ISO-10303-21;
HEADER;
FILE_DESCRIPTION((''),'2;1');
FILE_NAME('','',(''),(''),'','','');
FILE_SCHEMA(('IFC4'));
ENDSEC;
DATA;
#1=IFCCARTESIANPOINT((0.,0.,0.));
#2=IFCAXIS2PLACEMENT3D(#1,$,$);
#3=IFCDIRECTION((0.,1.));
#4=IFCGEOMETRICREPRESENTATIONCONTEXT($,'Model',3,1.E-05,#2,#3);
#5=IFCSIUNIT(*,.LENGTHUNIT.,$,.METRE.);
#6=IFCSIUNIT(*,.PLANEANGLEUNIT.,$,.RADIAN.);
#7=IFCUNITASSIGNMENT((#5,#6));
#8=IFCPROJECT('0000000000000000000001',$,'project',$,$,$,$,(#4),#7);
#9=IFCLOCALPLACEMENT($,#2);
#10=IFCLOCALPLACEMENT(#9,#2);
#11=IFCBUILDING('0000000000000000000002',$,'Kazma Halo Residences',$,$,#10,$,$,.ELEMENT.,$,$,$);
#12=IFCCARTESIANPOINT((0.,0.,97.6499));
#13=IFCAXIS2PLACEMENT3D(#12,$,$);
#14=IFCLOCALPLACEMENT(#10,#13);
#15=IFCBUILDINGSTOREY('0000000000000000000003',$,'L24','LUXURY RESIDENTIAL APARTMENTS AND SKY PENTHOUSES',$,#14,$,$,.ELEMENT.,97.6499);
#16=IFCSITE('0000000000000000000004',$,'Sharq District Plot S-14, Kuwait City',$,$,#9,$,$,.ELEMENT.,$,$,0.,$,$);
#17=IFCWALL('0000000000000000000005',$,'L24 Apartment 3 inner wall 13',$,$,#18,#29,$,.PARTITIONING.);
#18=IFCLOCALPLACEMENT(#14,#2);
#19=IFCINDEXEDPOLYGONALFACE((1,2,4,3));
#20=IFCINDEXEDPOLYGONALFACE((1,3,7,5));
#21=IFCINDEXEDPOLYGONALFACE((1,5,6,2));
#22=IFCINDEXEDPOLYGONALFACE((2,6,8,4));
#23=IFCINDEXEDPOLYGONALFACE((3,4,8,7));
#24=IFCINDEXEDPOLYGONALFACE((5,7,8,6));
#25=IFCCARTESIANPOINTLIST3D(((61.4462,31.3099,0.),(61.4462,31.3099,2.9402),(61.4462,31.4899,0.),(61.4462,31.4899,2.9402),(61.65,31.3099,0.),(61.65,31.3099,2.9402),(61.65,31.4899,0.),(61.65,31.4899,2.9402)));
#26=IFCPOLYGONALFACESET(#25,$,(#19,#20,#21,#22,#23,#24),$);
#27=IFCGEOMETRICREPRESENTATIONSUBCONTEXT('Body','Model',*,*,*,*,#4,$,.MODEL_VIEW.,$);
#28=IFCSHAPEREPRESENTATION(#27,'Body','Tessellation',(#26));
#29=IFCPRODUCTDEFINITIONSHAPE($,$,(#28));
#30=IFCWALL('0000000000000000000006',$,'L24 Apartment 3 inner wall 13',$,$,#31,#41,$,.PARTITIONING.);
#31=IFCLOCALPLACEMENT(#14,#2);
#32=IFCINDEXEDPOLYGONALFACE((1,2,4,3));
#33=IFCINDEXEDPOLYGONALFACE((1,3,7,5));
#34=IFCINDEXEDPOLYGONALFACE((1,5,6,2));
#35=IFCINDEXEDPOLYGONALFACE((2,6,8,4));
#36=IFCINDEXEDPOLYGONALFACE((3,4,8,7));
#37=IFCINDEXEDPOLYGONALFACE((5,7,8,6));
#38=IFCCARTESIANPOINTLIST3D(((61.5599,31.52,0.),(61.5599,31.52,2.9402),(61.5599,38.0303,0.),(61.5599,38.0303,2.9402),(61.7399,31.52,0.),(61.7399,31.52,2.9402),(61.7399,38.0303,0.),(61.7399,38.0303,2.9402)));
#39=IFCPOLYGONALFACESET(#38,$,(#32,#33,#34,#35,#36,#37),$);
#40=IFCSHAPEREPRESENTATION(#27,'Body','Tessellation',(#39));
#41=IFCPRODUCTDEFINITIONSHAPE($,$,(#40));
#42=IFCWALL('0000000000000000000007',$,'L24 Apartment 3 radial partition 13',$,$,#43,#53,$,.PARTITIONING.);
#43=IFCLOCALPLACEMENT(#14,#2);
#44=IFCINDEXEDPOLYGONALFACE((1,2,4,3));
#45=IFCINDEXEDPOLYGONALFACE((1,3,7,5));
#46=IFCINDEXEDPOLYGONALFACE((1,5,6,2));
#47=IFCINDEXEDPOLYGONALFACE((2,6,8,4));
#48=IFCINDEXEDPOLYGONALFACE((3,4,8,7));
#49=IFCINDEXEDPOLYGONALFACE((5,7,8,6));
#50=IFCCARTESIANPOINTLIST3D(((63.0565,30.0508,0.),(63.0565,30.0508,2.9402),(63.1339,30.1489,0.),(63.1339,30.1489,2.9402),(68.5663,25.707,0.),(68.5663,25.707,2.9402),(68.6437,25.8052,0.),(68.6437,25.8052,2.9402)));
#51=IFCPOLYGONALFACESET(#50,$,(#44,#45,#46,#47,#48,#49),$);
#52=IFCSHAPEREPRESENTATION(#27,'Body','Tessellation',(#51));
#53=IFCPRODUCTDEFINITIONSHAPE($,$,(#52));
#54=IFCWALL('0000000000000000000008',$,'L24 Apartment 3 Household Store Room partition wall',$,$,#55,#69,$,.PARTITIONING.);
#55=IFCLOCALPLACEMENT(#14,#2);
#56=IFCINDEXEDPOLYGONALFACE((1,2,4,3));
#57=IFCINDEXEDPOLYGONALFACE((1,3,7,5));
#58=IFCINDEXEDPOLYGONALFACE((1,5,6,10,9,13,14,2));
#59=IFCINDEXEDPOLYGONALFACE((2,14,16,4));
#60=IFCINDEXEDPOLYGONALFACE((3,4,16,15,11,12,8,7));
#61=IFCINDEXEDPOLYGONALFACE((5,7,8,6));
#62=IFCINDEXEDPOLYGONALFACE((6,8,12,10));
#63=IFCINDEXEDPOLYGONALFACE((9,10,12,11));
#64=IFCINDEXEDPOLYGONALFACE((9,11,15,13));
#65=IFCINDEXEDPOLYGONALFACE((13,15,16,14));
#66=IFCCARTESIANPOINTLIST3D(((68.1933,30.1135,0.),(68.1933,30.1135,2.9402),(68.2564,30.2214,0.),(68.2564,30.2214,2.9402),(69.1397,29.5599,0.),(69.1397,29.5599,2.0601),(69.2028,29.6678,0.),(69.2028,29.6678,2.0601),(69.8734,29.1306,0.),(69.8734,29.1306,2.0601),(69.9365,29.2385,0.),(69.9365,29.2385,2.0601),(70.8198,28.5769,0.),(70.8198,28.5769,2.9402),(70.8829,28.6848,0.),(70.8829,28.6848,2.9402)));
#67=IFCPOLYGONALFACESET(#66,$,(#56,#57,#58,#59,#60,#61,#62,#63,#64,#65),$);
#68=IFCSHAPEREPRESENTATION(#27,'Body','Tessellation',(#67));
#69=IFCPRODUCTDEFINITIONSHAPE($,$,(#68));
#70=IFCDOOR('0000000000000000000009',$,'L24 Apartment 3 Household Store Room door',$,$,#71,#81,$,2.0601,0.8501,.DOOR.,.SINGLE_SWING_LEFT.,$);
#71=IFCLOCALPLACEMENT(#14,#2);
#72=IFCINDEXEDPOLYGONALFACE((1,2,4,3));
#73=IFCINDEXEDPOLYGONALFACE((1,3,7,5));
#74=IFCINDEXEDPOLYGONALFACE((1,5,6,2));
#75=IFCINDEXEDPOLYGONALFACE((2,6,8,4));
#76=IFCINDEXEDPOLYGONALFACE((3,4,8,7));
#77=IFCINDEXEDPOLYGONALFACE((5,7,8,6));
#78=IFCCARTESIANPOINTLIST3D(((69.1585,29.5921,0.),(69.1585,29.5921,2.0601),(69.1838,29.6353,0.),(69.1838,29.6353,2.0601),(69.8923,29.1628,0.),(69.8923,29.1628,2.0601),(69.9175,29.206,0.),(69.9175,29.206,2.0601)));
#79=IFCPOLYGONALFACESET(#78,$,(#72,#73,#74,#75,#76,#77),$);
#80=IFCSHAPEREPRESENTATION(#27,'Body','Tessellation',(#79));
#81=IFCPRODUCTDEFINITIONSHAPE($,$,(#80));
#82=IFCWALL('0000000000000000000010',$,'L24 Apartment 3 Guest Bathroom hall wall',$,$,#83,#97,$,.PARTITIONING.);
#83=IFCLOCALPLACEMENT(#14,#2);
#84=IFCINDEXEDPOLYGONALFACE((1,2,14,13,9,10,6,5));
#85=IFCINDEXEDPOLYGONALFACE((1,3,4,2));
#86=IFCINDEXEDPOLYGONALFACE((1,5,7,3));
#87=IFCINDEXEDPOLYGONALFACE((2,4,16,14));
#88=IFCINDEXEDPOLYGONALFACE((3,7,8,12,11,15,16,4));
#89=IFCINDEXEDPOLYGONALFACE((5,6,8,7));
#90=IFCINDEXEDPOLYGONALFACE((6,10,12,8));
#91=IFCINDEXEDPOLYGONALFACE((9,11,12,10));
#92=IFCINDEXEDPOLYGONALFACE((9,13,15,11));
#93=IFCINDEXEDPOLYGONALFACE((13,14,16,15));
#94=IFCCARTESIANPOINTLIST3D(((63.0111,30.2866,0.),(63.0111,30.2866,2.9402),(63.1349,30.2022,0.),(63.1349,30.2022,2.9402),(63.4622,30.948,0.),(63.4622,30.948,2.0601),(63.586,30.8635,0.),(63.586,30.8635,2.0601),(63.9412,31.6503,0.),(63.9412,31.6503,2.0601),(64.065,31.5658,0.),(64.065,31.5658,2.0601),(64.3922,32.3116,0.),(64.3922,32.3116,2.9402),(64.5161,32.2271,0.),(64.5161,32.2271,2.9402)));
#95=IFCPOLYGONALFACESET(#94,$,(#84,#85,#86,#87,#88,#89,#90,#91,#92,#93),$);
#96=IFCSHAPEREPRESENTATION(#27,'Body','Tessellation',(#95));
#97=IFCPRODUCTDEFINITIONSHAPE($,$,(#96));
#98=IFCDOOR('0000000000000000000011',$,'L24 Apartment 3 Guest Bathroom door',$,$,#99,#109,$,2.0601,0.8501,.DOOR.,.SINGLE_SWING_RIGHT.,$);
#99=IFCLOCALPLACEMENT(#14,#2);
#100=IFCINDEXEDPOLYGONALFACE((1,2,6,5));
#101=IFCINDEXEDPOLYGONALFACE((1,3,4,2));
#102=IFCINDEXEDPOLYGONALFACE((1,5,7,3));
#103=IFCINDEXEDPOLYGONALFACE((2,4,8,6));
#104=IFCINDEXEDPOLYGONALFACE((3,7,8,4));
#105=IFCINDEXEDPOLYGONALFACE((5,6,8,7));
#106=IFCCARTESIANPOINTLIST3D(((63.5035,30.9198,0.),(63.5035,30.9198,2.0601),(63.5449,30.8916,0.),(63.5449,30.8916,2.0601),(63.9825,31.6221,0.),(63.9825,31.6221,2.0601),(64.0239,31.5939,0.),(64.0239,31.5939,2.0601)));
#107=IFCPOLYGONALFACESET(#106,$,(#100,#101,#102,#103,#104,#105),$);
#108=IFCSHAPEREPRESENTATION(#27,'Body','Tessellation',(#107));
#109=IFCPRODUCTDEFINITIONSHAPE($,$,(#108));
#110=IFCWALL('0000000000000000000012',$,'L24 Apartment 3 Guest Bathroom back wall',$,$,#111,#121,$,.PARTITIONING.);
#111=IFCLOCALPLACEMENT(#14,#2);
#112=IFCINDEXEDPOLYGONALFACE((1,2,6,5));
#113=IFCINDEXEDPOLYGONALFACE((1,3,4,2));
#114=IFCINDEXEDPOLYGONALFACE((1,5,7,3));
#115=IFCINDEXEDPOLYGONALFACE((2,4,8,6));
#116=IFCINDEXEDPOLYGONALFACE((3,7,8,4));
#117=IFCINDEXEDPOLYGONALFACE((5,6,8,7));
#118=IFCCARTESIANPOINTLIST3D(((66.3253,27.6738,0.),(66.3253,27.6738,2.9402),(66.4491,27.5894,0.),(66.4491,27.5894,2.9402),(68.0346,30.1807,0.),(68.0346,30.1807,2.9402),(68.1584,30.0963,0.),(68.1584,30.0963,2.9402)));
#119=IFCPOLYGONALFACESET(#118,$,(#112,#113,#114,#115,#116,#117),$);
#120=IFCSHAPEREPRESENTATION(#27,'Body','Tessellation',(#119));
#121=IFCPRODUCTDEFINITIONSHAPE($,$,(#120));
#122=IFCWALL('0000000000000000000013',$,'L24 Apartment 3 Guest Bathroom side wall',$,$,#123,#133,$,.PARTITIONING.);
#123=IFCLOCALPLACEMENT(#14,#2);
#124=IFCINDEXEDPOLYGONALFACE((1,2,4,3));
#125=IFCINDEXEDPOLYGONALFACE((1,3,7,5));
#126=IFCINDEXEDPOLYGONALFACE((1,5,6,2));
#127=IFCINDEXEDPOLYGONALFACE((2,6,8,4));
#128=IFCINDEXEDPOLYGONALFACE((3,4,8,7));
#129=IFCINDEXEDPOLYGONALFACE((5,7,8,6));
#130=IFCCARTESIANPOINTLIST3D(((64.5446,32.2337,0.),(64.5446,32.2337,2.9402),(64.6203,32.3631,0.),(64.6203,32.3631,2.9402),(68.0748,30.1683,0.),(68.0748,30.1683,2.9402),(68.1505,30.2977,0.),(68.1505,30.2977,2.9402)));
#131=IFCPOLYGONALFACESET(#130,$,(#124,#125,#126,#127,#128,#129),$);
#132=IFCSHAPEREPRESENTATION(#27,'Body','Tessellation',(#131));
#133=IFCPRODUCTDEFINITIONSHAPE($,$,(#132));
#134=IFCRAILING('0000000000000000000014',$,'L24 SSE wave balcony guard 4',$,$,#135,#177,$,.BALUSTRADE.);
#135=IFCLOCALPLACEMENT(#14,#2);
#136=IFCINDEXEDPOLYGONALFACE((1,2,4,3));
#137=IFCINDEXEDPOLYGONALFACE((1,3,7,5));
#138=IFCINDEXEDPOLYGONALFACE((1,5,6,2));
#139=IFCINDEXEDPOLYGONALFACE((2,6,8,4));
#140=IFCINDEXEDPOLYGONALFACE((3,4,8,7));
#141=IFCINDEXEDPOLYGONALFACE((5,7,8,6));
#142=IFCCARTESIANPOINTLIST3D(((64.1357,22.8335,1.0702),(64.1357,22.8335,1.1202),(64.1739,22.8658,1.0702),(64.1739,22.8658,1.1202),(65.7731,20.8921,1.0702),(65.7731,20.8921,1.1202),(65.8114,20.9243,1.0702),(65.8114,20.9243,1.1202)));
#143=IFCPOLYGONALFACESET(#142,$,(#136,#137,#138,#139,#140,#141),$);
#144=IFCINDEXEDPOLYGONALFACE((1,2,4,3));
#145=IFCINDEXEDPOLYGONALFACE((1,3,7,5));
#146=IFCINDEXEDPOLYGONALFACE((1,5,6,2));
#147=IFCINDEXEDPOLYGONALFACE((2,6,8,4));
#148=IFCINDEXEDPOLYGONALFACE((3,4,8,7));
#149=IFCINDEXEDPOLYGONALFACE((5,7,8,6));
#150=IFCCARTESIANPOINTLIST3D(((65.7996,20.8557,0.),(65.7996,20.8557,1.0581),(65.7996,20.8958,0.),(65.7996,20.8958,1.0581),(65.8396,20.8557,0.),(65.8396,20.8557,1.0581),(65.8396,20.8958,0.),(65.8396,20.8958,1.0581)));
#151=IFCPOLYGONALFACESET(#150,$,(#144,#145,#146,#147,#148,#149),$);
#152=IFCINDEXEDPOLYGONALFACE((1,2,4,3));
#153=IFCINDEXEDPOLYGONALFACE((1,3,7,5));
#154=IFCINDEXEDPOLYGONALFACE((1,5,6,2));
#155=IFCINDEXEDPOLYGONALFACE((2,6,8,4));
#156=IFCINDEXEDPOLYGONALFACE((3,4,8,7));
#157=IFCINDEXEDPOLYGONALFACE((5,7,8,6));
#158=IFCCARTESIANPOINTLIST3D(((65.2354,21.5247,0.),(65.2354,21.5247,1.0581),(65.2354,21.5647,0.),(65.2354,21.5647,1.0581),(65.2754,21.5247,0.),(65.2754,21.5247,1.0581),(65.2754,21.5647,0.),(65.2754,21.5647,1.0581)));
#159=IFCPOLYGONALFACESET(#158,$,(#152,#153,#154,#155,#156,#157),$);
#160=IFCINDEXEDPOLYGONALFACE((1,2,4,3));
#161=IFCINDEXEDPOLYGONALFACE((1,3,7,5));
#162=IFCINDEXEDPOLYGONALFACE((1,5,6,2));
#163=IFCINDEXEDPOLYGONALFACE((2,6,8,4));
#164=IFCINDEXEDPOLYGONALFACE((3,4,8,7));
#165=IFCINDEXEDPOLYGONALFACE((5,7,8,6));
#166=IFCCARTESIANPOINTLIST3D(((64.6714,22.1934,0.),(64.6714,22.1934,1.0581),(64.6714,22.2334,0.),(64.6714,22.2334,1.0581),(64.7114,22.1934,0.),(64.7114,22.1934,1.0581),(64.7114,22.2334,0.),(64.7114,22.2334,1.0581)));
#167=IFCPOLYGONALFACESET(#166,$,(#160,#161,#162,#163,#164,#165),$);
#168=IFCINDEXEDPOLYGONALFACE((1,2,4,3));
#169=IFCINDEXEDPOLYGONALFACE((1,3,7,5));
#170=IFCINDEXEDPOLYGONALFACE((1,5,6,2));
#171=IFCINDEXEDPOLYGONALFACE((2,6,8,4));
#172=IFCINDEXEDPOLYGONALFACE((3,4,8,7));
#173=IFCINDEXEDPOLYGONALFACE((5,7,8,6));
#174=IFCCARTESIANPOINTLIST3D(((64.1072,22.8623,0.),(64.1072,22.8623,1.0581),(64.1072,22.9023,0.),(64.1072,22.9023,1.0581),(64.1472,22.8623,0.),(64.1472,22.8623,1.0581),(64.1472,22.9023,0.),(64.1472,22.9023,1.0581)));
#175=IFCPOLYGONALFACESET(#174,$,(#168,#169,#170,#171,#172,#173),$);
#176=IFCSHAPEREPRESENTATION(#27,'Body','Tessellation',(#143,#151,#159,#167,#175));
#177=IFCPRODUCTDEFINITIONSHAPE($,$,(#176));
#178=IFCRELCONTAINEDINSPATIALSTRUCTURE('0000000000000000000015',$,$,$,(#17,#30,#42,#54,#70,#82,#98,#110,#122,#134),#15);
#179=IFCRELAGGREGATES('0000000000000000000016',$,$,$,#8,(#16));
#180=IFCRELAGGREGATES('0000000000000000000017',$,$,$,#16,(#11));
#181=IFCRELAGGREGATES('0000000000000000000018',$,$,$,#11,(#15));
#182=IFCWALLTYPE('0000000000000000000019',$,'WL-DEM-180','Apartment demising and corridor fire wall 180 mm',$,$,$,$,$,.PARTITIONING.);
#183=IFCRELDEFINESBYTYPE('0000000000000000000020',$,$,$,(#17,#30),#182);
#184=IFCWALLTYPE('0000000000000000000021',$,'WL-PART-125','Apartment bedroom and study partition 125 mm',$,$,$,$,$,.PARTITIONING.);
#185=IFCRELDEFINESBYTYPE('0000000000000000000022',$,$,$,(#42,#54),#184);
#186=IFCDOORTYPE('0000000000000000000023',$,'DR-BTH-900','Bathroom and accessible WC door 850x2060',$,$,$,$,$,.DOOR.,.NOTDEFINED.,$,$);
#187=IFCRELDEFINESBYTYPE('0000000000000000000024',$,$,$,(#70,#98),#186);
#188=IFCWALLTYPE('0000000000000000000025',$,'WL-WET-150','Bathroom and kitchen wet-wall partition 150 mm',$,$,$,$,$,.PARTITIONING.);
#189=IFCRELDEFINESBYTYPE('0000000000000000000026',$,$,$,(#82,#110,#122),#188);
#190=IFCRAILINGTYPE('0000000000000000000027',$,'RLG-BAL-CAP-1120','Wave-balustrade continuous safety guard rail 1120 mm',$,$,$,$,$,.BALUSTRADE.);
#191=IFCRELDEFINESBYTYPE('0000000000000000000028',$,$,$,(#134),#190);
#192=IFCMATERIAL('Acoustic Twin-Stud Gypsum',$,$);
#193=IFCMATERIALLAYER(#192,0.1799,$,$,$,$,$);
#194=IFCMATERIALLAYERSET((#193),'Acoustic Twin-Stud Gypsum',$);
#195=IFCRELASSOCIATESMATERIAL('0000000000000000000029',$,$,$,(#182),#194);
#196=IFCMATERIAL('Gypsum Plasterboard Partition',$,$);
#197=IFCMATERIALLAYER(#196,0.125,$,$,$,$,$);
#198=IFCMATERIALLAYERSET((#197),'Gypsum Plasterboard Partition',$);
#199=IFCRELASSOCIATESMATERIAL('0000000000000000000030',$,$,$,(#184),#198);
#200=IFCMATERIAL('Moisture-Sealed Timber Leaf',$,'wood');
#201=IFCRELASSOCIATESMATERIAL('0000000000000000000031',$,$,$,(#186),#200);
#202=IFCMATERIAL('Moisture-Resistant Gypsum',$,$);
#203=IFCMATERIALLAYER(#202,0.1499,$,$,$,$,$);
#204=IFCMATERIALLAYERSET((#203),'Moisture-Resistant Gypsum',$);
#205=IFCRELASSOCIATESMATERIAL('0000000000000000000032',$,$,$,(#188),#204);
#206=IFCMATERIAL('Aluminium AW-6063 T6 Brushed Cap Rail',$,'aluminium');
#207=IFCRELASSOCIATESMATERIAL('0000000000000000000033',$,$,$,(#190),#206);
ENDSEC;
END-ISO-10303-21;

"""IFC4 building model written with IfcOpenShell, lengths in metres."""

from ifc_helpers import new_model, si_unit, direction, frame, frame_2d, origin, origin_2d, place, context, subcontext, project, spatial, rectangle, extrude, material, layer, layer_set, type_object, element, fill, save


model = new_model("IFC4")

# Units and contexts
model_context = context("Model", 3, precision=1e-05, world=origin(), true_north=direction((0.0, 1.0)))
body_context = subcontext(model_context, "Body", "Model", "MODEL_VIEW")
ifc_project = project(units=[si_unit("LENGTHUNIT", "METRE"), si_unit("PLANEANGLEUNIT", "RADIAN")], contexts=[model_context])

# Site, building, storey
site_placement = place(None, origin())
site = spatial("IfcSite", under=ifc_project, at=site_placement, Name="Sharq District Plot S-14, Kuwait City", CompositionType="ELEMENT", RefElevation=0.0)
building_placement = place(site_placement, origin())
building = spatial("IfcBuilding", under=site, at=building_placement, Name="Kazma Halo Residences", CompositionType="ELEMENT")
storey_placement = place(building_placement, frame((0.0, 0.0, 97.6499)))
storey = spatial("IfcBuildingStorey", under=building, at=storey_placement, Name="L24", Description="LUXURY RESIDENTIAL APARTMENTS AND SKY PENTHOUSES", CompositionType="ELEMENT", Elevation=97.6499)

# Walls
ifc_material_1 = material(Name="Acoustic Twin-Stud Gypsum")
ifc_layer_1 = layer(ifc_material_1, 0.1799)
ifc_layer_set_1 = layer_set([ifc_layer_1], Name="Acoustic Twin-Stud Gypsum")
wall_type_1 = type_object("IfcWallType", Name="WL-DEM-180", Description="Apartment demising and corridor fire wall 180 mm", PredefinedType="PARTITIONING", material=ifc_layer_set_1)
wall_1_placement = place(storey_placement, frame((61.446, 31.3999, 0.0), z_axis=(0.0, 0.0, 1.0), x_axis=(1.0, 0.0, 0.0)))
element("IfcWall", 1, at=wall_1_placement, inside=storey, type_object=wall_type_1, Name="L24 Apartment 3 inner wall 13", PredefinedType="PARTITIONING", context=body_context, shape_type="SweptSolid", body=[
    extrude(rectangle(XDim=0.2039, YDim=0.1799, at=frame_2d((0.1021, 0.0))), origin(), (0.0, 0.0, 1.0), 2.9402),
])
wall_2_placement = place(storey_placement, frame((61.6499, 31.52, 0.0), z_axis=(0.0, 0.0, 1.0), x_axis=(0.0, 1.0, 0.0)))
element("IfcWall", 2, at=wall_2_placement, inside=storey, type_object=wall_type_1, Name="L24 Apartment 3 inner wall 13", PredefinedType="PARTITIONING", context=body_context, shape_type="SweptSolid", body=[
    extrude(rectangle(XDim=6.5103, YDim=0.1799, at=frame_2d((3.2551, 0.0))), origin(), (0.0, 0.0, 1.0), 2.9402),
])

# Wall
ifc_material_2 = material(Name="Gypsum Plasterboard Partition")
ifc_layer_2 = layer(ifc_material_2, 0.125)
ifc_layer_set_2 = layer_set([ifc_layer_2], Name="Gypsum Plasterboard Partition")
wall_type_2 = type_object("IfcWallType", Name="WL-PART-125", Description="Apartment bedroom and study partition 125 mm", PredefinedType="PARTITIONING", material=ifc_layer_set_2)
wall_3_placement = place(storey_placement, frame((63.0952, 30.0999, 0.0), z_axis=(0.0, 0.0, 1.0), x_axis=(0.785303, -0.619112, 0.0)))
element("IfcWall", 3, at=wall_3_placement, inside=storey, type_object=wall_type_2, Name="L24 Apartment 3 radial partition 13", PredefinedType="PARTITIONING", context=body_context, shape_type="SweptSolid", body=[
    extrude(rectangle(XDim=7.0161, YDim=0.125, at=frame_2d((3.5081, 0.0))), origin(), (0.0, 0.0, 1.0), 2.9402),
])

# Walls, openings, doors
wall_4_placement = place(storey_placement, frame((68.2249, 30.1675, 0.0), z_axis=(0.0, 0.0, 1.0), x_axis=(0.863132, -0.504978, 0.0)))
wall_4 = element("IfcWall", 4, at=wall_4_placement, inside=storey, type_object=wall_type_2, Name="L24 Apartment 3 Household Store Room partition wall", PredefinedType="PARTITIONING", context=body_context, shape_type="SweptSolid", body=[
    extrude(rectangle(XDim=3.043, YDim=0.125, at=frame_2d((1.5215, 0.0))), origin(), (0.0, 0.0, 1.0), 2.9402),
])
opening_1_placement = place(wall_4_placement, frame((1.0964, 0.0, 0.0)))
opening_1 = element("IfcOpeningElement", 5, at=opening_1_placement, cuts=wall_4, PredefinedType="OPENING", context=body_context, shape_type="SweptSolid", body=[
    extrude(rectangle(XDim=0.8501, YDim=2.0601, at=frame_2d((0.425, 1.03))), frame((0.0, 0.0725, 0.0), z_axis=(0.0, -1.0, 0.0), x_axis=(1.0, 0.0, 0.0)), (0.0, 0.0, 1.0), 0.145),
])
ifc_material_3 = material(Name="Moisture-Sealed Timber Leaf", Category="wood")
door_type_1 = type_object("IfcDoorType", Name="DR-BTH-900", Description="Bathroom and accessible WC door 850x2060", OperationType="NOTDEFINED", PredefinedType="DOOR", material=ifc_material_3)
door_1_placement = place(opening_1_placement, origin())
door_1 = element("IfcDoor", 6, at=door_1_placement, inside=storey, type_object=door_type_1, Name="L24 Apartment 3 Household Store Room door", OperationType="SINGLE_SWING_LEFT", OverallHeight=2.0601, OverallWidth=0.8501, PredefinedType="DOOR", context=body_context, shape_type="SweptSolid", body=[
    extrude(rectangle(XDim=0.8501, YDim=2.0601, at=frame_2d((0.425, 1.03))), frame((0.0, 0.0249, 0.0), z_axis=(0.0, -1.0, 0.0), x_axis=(1.0, 0.0, 0.0)), (0.0, 0.0, 1.0), 0.05),
])
fill(opening_1, door_1)
ifc_material_4 = material(Name="Moisture-Resistant Gypsum")
ifc_layer_3 = layer(ifc_material_4, 0.1499)
ifc_layer_set_3 = layer_set([ifc_layer_3], Name="Moisture-Resistant Gypsum")
wall_type_3 = type_object("IfcWallType", Name="WL-WET-150", Description="Bathroom and kitchen wet-wall partition 150 mm", PredefinedType="PARTITIONING", material=ifc_layer_set_3)
wall_5_placement = place(storey_placement, frame((63.073, 30.2444, 0.0), z_axis=(0.0, 0.0, 1.0), x_axis=(0.563473, 0.826135, 0.0)))
wall_5 = element("IfcWall", 7, at=wall_5_placement, inside=storey, type_object=wall_type_3, Name="L24 Apartment 3 Guest Bathroom hall wall", PredefinedType="PARTITIONING", context=body_context, shape_type="SweptSolid", body=[
    extrude(rectangle(XDim=2.4512, YDim=0.1499, at=frame_2d((1.2256, 0.0))), origin(), (0.0, 0.0, 1.0), 2.9402),
])
opening_2_placement = place(wall_5_placement, frame((0.8005, 0.0, 0.0)))
opening_2 = element("IfcOpeningElement", 8, at=opening_2_placement, cuts=wall_5, PredefinedType="OPENING", context=body_context, shape_type="SweptSolid", body=[
    extrude(rectangle(XDim=0.8501, YDim=2.0601, at=frame_2d((0.425, 1.03))), frame((0.0, 0.085, 0.0), z_axis=(0.0, -1.0, 0.0), x_axis=(1.0, 0.0, 0.0)), (0.0, 0.0, 1.0), 0.1699),
])
door_2_placement = place(opening_2_placement, origin())
door_2 = element("IfcDoor", 9, at=door_2_placement, inside=storey, type_object=door_type_1, Name="L24 Apartment 3 Guest Bathroom door", OperationType="SINGLE_SWING_RIGHT", OverallHeight=2.0601, OverallWidth=0.8501, PredefinedType="DOOR", context=body_context, shape_type="SweptSolid", body=[
    extrude(rectangle(XDim=0.8501, YDim=2.0601, at=frame_2d((0.425, 1.03))), frame((0.0, 0.0249, 0.0), z_axis=(0.0, -1.0, 0.0), x_axis=(1.0, 0.0, 0.0)), (0.0, 0.0, 1.0), 0.05),
])
fill(opening_2, door_2)

# Walls
wall_6_placement = place(storey_placement, frame((66.3872, 27.6316, 0.0), z_axis=(0.0, 0.0, 1.0), x_axis=(0.563342, 0.826224, 0.0)))
element("IfcWall", 10, at=wall_6_placement, inside=storey, type_object=wall_type_3, Name="L24 Apartment 3 Guest Bathroom back wall", PredefinedType="PARTITIONING", context=body_context, shape_type="SweptSolid", body=[
    extrude(rectangle(XDim=3.0342, YDim=0.1499, at=frame_2d((1.5171, 0.0))), origin(), (0.0, 0.0, 1.0), 2.9402),
])
wall_7_placement = place(storey_placement, frame((64.5825, 32.2983, 0.0), z_axis=(0.0, 0.0, 1.0), x_axis=(0.863129, -0.504984, 0.0)))
element("IfcWall", 11, at=wall_7_placement, inside=storey, type_object=wall_type_3, Name="L24 Apartment 3 Guest Bathroom side wall", PredefinedType="PARTITIONING", context=body_context, shape_type="SweptSolid", body=[
    extrude(rectangle(XDim=4.0901, YDim=0.1499, at=frame_2d((2.0449, 0.0))), origin(), (0.0, 0.0, 1.0), 2.9402),
])

# Railing
ifc_material_5 = material(Name="Aluminium AW-6063 T6 Brushed Cap Rail", Category="aluminium")
railing_type = type_object("IfcRailingType", Name="RLG-BAL-CAP-1120", Description="Wave-balustrade continuous safety guard rail 1120 mm", PredefinedType="BALUSTRADE", material=ifc_material_5)
railing_1_placement = place(storey_placement, frame((65.8196, 20.8757, 0.0)))
element("IfcRailing", 12, at=railing_1_placement, inside=storey, type_object=railing_type, Name="L24 SSE wave balcony guard 4", PredefinedType="BALUSTRADE", context=body_context, shape_type="SweptSolid", body=[
    extrude(rectangle(XDim=0.05, YDim=0.05, at=origin_2d()), frame((-0.0273, 0.0325, 1.0952), z_axis=(-0.64472, 0.764419, 0.0), x_axis=(-0.764419, -0.64472, 0.0)), (0.0, 0.0, 1.0), 2.5398),
    extrude(rectangle(XDim=0.04, YDim=0.04, at=origin_2d()), origin(), (0.0, 0.0, 1.0), 1.0581),
    extrude(rectangle(XDim=0.04, YDim=0.04, at=origin_2d()), frame((-0.5642, 0.6689, 0.0)), (0.0, 0.0, 1.0), 1.0581),
    extrude(rectangle(XDim=0.04, YDim=0.04, at=origin_2d()), frame((-1.1282, 1.3376, 0.0)), (0.0, 0.0, 1.0), 1.0581),
    extrude(rectangle(XDim=0.04, YDim=0.04, at=origin_2d()), frame((-1.6924, 2.0066, 0.0)), (0.0, 0.0, 1.0), 1.0581),
])

save(model, "model.ifc")
